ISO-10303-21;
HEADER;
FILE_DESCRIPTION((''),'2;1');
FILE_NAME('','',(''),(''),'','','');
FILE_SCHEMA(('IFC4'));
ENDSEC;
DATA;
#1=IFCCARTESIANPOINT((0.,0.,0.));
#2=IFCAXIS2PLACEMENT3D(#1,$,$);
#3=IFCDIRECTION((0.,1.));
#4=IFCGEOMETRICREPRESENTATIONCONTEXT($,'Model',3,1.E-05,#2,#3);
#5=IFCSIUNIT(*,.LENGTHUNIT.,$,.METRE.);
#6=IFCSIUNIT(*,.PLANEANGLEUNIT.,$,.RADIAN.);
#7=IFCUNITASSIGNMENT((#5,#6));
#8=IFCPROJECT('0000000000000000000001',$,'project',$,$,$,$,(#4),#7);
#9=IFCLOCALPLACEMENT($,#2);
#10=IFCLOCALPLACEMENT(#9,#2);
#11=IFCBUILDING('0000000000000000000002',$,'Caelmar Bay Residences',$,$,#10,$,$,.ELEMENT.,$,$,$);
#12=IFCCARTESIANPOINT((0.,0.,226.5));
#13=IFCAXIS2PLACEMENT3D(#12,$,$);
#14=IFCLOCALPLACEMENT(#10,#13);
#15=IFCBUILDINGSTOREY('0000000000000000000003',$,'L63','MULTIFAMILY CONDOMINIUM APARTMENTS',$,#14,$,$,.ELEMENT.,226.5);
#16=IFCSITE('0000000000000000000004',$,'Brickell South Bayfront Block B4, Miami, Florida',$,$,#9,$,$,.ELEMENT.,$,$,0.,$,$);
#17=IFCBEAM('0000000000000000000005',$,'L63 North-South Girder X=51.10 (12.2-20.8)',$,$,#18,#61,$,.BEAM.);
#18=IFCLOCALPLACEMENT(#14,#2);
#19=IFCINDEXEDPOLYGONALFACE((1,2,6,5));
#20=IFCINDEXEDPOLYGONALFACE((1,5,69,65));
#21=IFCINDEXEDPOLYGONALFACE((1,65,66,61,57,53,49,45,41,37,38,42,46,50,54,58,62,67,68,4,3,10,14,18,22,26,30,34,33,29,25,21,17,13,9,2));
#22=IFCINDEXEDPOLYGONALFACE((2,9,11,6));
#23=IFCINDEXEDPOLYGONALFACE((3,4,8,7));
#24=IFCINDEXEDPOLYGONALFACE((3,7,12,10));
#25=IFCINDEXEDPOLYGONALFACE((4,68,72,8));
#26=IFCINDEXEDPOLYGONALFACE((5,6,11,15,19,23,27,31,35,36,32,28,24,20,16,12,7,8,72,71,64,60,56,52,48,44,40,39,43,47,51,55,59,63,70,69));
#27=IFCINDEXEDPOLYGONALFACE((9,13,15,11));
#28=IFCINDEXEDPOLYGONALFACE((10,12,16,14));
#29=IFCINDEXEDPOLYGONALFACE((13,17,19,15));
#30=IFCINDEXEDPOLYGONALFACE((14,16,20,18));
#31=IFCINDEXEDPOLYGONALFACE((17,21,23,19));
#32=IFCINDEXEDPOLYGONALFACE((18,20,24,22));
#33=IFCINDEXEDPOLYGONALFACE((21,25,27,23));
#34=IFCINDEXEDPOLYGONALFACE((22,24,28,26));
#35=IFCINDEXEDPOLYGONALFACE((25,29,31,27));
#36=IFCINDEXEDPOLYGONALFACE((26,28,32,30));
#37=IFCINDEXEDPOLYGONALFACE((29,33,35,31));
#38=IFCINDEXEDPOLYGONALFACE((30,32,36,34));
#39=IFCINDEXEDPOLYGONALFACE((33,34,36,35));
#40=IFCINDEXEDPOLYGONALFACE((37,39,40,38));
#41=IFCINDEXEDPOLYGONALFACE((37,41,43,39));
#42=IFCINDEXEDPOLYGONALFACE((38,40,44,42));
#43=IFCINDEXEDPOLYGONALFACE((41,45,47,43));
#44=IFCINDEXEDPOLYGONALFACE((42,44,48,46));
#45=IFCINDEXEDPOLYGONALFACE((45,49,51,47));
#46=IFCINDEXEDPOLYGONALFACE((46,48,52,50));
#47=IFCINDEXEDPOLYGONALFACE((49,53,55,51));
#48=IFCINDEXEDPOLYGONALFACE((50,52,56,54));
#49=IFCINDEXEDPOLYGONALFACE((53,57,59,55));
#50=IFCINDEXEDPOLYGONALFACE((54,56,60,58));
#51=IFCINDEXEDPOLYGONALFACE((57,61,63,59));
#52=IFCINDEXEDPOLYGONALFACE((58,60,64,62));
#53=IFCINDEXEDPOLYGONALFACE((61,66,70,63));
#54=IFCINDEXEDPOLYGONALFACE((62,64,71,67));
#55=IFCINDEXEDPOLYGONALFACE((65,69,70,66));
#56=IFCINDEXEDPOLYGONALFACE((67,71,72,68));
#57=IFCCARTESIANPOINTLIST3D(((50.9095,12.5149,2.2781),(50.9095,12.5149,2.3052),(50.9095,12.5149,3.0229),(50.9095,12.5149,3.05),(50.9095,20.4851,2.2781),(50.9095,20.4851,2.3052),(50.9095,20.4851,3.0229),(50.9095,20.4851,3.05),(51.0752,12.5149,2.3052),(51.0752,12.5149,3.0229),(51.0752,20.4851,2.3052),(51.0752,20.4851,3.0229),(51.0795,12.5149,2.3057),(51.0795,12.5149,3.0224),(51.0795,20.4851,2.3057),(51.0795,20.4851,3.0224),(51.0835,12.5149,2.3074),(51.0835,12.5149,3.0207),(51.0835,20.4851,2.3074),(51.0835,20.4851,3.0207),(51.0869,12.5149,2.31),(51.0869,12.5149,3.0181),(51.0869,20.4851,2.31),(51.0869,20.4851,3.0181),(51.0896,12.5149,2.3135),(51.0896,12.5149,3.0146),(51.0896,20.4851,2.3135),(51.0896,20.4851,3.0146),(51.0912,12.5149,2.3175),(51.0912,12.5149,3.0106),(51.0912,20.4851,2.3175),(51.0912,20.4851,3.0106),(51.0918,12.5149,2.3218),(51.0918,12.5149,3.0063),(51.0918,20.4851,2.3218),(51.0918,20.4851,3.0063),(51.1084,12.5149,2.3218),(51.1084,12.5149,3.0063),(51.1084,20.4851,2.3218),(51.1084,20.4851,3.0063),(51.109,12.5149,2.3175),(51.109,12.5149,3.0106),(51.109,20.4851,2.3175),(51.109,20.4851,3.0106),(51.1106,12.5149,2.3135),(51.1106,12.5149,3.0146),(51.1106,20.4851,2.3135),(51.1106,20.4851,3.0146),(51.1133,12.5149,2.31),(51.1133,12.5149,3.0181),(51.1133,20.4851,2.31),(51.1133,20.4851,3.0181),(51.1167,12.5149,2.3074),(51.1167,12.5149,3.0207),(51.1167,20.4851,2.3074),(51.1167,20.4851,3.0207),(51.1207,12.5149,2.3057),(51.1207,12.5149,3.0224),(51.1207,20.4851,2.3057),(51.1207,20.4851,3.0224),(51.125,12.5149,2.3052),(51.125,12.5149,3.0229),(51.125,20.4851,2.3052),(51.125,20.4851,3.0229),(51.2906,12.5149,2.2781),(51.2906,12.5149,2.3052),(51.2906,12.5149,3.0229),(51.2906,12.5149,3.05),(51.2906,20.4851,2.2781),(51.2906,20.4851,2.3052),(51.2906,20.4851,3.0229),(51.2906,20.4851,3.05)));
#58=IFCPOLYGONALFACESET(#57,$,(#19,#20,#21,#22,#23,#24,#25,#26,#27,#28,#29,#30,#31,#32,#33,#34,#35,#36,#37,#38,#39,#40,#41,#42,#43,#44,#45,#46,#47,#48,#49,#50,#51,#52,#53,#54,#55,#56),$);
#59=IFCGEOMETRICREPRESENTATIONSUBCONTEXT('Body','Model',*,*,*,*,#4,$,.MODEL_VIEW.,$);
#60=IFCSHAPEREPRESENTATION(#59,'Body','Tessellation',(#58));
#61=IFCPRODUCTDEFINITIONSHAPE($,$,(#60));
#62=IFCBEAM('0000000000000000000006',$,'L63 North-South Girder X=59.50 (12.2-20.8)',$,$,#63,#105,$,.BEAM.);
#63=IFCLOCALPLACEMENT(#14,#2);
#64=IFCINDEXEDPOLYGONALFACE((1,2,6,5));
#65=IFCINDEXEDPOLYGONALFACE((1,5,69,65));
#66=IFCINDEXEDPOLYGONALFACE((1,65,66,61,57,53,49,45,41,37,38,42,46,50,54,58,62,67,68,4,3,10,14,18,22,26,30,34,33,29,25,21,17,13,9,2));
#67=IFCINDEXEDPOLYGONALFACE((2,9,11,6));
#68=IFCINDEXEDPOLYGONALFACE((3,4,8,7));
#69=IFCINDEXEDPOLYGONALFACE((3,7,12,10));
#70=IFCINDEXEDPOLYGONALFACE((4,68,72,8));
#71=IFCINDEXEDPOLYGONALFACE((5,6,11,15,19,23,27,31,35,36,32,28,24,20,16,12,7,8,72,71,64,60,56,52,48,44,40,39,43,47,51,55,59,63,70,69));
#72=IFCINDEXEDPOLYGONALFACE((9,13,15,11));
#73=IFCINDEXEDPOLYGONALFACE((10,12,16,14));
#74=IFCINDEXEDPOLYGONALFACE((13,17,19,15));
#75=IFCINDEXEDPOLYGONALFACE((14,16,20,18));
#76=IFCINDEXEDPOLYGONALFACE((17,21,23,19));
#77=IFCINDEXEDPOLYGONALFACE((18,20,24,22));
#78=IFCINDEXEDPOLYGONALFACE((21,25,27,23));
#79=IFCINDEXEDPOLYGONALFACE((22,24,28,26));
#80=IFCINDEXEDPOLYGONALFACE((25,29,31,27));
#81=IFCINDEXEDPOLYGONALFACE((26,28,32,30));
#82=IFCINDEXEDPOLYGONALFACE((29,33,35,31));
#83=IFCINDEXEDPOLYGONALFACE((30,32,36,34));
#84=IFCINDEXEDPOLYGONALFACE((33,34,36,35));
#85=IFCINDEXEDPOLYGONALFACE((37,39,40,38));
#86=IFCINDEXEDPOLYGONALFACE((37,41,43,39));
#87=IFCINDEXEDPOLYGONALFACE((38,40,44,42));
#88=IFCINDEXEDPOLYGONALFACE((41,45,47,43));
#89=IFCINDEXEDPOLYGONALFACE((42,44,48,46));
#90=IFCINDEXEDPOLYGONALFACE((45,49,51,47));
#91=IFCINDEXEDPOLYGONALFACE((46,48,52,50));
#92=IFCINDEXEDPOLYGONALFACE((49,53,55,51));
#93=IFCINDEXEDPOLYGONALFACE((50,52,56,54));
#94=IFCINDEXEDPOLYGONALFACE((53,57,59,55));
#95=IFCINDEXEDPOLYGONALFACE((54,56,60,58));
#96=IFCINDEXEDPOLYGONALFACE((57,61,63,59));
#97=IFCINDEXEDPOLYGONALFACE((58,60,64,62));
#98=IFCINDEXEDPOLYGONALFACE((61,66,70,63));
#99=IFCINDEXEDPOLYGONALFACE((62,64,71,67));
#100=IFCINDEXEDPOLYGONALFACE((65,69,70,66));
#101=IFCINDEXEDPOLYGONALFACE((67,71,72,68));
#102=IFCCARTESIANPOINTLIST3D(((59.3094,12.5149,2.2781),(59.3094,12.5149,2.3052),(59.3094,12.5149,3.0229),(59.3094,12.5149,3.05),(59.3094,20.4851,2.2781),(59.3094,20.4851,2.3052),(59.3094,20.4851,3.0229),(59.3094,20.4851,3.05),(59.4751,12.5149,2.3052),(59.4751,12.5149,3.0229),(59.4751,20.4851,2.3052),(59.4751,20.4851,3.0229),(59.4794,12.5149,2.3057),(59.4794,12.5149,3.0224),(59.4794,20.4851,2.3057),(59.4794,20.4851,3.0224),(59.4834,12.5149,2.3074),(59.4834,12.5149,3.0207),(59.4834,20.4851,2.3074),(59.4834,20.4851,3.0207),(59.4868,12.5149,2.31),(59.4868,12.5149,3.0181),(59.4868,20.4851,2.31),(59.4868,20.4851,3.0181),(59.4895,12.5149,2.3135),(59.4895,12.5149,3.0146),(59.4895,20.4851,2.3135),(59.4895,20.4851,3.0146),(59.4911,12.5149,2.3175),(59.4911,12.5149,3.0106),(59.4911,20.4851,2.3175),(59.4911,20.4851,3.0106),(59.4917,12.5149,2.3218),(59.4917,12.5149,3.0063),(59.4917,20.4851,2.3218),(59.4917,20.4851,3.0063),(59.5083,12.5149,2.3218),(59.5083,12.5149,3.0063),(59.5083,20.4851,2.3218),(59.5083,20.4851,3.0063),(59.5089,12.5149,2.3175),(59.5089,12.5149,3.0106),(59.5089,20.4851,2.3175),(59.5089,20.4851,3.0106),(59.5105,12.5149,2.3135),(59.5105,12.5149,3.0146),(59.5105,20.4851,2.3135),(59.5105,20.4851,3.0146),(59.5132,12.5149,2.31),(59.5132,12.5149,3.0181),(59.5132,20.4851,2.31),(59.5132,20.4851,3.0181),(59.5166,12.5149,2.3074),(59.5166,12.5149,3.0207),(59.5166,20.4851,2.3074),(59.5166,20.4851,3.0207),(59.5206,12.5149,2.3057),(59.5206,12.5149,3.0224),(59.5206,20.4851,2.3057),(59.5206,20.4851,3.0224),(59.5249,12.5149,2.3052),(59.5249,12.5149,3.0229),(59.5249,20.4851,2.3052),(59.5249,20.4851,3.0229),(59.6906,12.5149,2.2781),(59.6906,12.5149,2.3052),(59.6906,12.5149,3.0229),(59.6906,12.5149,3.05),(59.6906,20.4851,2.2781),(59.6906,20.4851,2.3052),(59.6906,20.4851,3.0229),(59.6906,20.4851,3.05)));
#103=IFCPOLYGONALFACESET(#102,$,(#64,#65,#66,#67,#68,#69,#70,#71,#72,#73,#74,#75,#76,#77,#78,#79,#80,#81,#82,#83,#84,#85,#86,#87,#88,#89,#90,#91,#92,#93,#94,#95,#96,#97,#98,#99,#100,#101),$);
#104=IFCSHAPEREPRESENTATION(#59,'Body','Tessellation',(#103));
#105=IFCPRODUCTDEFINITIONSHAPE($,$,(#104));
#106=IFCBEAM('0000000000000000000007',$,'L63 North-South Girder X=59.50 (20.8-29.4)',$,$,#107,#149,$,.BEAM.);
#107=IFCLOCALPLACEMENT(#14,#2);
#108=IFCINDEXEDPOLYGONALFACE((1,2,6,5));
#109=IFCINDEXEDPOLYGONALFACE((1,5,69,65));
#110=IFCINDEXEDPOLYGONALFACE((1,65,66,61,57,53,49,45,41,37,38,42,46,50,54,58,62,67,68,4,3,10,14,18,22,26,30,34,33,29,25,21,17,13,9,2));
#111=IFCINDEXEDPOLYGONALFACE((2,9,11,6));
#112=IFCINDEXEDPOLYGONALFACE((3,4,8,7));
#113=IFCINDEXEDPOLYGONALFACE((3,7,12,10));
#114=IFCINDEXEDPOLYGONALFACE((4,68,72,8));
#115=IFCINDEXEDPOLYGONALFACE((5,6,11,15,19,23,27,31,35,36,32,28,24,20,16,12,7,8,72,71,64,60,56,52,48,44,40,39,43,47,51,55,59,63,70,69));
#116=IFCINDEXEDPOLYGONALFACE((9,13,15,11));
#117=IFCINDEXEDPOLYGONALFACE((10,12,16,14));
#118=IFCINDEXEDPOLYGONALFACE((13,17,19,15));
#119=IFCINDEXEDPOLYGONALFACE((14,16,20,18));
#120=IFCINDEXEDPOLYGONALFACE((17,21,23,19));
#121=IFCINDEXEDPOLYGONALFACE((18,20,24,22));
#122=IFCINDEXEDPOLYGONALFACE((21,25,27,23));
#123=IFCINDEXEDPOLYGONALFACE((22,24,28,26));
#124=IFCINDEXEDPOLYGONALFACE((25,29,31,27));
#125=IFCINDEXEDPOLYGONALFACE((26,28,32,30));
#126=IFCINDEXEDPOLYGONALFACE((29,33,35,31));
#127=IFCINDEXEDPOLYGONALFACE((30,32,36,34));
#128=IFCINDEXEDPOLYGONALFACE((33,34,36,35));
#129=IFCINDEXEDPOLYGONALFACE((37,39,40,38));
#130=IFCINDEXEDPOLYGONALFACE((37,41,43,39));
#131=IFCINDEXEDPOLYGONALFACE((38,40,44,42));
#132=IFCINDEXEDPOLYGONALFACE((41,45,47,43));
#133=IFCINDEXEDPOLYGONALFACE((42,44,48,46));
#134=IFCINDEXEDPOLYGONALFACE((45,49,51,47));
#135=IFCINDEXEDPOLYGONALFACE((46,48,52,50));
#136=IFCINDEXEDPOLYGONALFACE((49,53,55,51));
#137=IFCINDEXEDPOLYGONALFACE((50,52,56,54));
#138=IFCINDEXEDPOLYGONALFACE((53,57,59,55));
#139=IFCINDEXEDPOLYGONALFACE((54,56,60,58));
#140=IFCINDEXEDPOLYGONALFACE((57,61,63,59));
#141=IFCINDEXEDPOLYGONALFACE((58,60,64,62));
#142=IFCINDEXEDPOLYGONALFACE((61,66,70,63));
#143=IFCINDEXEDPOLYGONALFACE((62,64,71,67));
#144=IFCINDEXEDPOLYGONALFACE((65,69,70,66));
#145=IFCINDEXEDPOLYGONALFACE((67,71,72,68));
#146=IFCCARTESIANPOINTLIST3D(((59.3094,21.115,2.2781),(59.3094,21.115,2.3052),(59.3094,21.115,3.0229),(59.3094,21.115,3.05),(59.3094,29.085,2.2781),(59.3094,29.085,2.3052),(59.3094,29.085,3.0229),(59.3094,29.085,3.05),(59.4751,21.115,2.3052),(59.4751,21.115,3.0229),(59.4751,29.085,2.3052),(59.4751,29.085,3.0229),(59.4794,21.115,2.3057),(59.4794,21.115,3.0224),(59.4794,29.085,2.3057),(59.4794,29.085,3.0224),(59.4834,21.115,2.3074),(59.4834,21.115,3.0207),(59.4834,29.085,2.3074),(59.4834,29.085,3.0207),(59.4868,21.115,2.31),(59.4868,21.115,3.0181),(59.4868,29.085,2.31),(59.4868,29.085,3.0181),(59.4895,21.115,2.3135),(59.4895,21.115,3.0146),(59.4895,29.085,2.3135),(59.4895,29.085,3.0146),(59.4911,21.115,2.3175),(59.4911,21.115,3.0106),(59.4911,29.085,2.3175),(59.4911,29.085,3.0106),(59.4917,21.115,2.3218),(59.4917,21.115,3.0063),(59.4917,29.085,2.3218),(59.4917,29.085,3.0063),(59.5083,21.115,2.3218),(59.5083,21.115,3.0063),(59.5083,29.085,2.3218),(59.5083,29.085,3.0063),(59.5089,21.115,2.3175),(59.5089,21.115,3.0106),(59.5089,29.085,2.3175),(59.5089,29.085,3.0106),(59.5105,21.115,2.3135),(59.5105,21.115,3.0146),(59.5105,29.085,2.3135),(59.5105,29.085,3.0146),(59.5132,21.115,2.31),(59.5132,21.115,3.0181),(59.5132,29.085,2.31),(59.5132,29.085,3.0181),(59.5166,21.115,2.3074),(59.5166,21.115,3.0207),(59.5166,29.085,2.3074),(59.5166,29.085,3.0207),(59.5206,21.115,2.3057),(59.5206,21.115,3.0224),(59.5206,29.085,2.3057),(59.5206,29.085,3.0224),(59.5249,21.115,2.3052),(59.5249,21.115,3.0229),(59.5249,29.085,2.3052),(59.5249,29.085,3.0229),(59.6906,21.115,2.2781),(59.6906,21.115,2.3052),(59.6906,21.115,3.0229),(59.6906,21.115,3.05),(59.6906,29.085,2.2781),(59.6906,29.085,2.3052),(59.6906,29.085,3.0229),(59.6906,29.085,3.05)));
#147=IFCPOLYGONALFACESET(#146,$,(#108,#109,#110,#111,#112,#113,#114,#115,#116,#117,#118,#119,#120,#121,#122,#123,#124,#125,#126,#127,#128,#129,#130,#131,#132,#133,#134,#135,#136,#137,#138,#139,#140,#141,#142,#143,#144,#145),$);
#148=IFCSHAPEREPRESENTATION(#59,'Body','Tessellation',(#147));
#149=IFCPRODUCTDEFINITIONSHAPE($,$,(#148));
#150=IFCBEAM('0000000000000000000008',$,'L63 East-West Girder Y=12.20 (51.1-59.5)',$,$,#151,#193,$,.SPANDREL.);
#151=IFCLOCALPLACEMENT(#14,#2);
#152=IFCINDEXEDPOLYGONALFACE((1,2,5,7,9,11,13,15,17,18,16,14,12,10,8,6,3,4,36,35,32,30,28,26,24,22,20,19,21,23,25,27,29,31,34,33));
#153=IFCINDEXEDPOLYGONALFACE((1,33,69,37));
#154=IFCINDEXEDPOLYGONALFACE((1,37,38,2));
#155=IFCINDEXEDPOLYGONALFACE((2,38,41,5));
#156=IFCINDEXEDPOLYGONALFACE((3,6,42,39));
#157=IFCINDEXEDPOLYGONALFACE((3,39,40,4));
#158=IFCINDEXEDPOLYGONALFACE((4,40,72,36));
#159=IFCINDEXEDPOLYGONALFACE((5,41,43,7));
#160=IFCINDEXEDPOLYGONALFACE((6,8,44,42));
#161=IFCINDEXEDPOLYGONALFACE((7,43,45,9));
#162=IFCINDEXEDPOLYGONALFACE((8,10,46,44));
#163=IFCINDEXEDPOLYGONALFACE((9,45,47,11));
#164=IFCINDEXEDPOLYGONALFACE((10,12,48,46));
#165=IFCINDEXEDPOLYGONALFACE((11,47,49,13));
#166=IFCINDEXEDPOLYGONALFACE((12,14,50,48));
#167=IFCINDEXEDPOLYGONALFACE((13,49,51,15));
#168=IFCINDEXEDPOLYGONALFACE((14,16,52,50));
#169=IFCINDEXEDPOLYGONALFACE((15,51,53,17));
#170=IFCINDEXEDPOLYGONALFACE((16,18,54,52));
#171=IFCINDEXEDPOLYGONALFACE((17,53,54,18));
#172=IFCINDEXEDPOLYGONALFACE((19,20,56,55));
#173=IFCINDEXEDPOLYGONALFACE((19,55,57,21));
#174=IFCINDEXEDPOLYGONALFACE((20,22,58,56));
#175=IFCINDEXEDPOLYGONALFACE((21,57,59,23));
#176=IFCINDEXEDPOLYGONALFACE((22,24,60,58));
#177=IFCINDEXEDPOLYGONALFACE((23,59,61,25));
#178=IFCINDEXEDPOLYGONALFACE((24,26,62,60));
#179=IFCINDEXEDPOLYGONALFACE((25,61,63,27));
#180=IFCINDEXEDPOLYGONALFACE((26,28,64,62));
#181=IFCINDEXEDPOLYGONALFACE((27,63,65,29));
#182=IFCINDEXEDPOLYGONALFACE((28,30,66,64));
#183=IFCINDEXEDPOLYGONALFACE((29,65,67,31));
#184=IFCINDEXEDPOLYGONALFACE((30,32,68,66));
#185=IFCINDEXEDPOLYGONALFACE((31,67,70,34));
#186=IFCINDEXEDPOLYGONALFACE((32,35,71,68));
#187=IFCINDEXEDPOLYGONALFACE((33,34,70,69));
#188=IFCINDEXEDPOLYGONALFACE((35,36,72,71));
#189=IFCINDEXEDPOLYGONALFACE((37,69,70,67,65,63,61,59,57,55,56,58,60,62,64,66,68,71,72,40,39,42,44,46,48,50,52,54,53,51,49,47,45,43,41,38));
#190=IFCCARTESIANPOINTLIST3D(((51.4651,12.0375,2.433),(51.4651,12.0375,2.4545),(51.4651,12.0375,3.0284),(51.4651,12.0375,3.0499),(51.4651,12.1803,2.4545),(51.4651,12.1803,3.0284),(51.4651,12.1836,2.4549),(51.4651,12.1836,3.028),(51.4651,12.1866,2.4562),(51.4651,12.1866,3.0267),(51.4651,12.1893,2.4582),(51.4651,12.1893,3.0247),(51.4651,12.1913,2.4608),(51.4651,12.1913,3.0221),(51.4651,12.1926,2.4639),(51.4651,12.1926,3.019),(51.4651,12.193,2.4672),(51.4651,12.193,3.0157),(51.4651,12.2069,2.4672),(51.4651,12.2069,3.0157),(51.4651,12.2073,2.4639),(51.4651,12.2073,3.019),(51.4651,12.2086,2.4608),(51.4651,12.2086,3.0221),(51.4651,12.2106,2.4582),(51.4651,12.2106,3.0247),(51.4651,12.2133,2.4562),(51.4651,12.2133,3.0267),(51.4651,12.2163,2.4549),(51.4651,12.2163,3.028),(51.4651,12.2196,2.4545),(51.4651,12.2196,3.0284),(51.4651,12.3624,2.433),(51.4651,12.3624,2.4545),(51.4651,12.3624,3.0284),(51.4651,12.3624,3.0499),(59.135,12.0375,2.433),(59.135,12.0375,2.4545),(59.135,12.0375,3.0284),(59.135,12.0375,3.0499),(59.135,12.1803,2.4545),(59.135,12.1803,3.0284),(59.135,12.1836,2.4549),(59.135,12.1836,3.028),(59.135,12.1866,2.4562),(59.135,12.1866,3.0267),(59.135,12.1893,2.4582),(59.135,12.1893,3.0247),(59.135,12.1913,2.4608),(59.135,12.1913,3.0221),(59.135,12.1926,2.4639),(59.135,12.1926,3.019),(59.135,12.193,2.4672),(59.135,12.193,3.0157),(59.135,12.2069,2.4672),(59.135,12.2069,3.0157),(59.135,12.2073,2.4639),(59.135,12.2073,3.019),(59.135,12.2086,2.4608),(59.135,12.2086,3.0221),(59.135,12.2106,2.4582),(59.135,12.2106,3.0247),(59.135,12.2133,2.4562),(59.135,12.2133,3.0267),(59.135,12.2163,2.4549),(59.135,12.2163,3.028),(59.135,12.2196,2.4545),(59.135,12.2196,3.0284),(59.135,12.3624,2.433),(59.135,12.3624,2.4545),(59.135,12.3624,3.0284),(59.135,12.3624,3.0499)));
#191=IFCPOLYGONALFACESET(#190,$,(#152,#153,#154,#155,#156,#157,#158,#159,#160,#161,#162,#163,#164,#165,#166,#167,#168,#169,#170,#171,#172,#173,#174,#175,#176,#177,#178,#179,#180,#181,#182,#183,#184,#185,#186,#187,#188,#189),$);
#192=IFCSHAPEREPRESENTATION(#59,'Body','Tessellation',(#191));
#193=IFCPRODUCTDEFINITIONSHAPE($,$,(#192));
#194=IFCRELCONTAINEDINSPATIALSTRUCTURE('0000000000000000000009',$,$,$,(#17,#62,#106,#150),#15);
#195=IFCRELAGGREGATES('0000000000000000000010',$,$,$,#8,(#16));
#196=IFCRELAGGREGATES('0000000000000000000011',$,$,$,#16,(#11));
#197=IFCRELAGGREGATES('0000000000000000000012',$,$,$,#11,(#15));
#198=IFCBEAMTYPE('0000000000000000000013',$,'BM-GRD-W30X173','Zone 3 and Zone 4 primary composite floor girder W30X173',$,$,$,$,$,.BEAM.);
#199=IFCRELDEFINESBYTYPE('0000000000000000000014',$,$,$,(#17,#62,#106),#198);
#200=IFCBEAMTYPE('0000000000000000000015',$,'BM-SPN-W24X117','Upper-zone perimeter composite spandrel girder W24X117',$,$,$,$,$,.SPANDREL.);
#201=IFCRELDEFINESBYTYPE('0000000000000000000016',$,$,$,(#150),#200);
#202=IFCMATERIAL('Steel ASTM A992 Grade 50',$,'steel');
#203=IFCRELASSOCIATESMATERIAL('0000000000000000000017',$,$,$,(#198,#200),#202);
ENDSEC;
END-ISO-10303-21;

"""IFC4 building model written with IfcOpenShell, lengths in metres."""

from ifc_helpers import new_model, si_unit, direction, frame, origin, origin_2d, place, context, subcontext, project, spatial, i_section, extrude, material, material_profile, profile_set, type_object, element, save


model = new_model("IFC4")

# Units and contexts
model_context = context("Model", 3, precision=1e-05, world=origin(), true_north=direction((0.0, 1.0)))
body_context = subcontext(model_context, "Body", "Model", "MODEL_VIEW")
ifc_project = project(units=[si_unit("LENGTHUNIT", "METRE"), si_unit("PLANEANGLEUNIT", "RADIAN")], contexts=[model_context])

# Site, building, storey
site_placement = place(None, origin())
site = spatial("IfcSite", under=ifc_project, at=site_placement, Name="Brickell South Bayfront Block B4, Miami, Florida", CompositionType="ELEMENT", RefElevation=0.0)
building_placement = place(site_placement, origin())
building = spatial("IfcBuilding", under=site, at=building_placement, Name="Caelmar Bay Residences", CompositionType="ELEMENT")
storey_placement = place(building_placement, frame((0.0, 0.0, 226.5)))
storey = spatial("IfcBuildingStorey", under=building, at=storey_placement, Name="L63", Description="MULTIFAMILY CONDOMINIUM APARTMENTS", CompositionType="ELEMENT", Elevation=226.5)

# Beams
ifc_material_1 = material(Name="Steel ASTM A992 Grade 50", Category="steel")
ifc_material_profile_1 = material_profile(ifc_material_1, i_section(OverallWidth=0.3811, OverallDepth=0.772, WebThickness=0.0166, FlangeThickness=0.0271, FilletRadius=0.0166, at=origin_2d()), Name="W30X173")
ifc_profile_set_1 = profile_set([ifc_material_profile_1], Name="Steel ASTM A992 Grade 50")
beam_type_1 = type_object("IfcBeamType", Name="BM-GRD-W30X173", Description="Zone 3 and Zone 4 primary composite floor girder W30X173", PredefinedType="BEAM", material=ifc_profile_set_1)
for number, where, z_axis, x_axis, name in (
    (1, (51.1001, 12.5149, 2.6641), (0.0, 1.0, 0.0), (-1.0, 0.0, 0.0), "L63 North-South Girder X=51.10 (12.2-20.8)"),
    (2, (59.5, 12.5149, 2.6641), (0.0, 1.0, 0.0), (-1.0, 0.0, 0.0), "L63 North-South Girder X=59.50 (12.2-20.8)"),
):
    element("IfcBeam", number, at=place(storey_placement, frame(where, z_axis=z_axis, x_axis=x_axis)), inside=storey, type_object=beam_type_1, Name=name, PredefinedType="BEAM", context=body_context, shape_type="SweptSolid", body=[
        extrude(i_section(OverallWidth=0.3811, OverallDepth=0.772, WebThickness=0.0166, FlangeThickness=0.0271, FilletRadius=0.0166, at=origin_2d()), origin(), (0.0, 0.0, 1.0), 7.9702),
    ])
beam_1_placement = place(storey_placement, frame((59.5, 21.115, 2.6641), z_axis=(0.0, 1.0, 0.0), x_axis=(-1.0, 0.0, 0.0)))
element("IfcBeam", 3, at=beam_1_placement, inside=storey, type_object=beam_type_1, Name="L63 North-South Girder X=59.50 (20.8-29.4)", PredefinedType="BEAM", context=body_context, shape_type="SweptSolid", body=[
    extrude(i_section(OverallWidth=0.3811, OverallDepth=0.772, WebThickness=0.0166, FlangeThickness=0.0271, FilletRadius=0.0166, at=origin_2d()), origin(), (0.0, 0.0, 1.0), 7.97),
])
ifc_material_profile_2 = material_profile(ifc_material_1, i_section(OverallWidth=0.325, OverallDepth=0.6169, WebThickness=0.0139, FlangeThickness=0.0215, FilletRadius=0.0127, at=origin_2d()), Name="W24X117")
ifc_profile_set_2 = profile_set([ifc_material_profile_2], Name="Steel ASTM A992 Grade 50")
beam_type_2 = type_object("IfcBeamType", Name="BM-SPN-W24X117", Description="Upper-zone perimeter composite spandrel girder W24X117", PredefinedType="SPANDREL", material=ifc_profile_set_2)
beam_2_placement = place(storey_placement, frame((51.4651, 12.2, 2.7415), z_axis=(1.0, 0.0, 0.0), x_axis=(0.0, 1.0, 0.0)))
element("IfcBeam", 4, at=beam_2_placement, inside=storey, type_object=beam_type_2, Name="L63 East-West Girder Y=12.20 (51.1-59.5)", PredefinedType="SPANDREL", context=body_context, shape_type="SweptSolid", body=[
    extrude(i_section(OverallWidth=0.325, OverallDepth=0.6169, WebThickness=0.0139, FlangeThickness=0.0215, FilletRadius=0.0127, at=origin_2d()), origin(), (0.0, 0.0, 1.0), 7.6699),
])

save(model, "model.ifc")
